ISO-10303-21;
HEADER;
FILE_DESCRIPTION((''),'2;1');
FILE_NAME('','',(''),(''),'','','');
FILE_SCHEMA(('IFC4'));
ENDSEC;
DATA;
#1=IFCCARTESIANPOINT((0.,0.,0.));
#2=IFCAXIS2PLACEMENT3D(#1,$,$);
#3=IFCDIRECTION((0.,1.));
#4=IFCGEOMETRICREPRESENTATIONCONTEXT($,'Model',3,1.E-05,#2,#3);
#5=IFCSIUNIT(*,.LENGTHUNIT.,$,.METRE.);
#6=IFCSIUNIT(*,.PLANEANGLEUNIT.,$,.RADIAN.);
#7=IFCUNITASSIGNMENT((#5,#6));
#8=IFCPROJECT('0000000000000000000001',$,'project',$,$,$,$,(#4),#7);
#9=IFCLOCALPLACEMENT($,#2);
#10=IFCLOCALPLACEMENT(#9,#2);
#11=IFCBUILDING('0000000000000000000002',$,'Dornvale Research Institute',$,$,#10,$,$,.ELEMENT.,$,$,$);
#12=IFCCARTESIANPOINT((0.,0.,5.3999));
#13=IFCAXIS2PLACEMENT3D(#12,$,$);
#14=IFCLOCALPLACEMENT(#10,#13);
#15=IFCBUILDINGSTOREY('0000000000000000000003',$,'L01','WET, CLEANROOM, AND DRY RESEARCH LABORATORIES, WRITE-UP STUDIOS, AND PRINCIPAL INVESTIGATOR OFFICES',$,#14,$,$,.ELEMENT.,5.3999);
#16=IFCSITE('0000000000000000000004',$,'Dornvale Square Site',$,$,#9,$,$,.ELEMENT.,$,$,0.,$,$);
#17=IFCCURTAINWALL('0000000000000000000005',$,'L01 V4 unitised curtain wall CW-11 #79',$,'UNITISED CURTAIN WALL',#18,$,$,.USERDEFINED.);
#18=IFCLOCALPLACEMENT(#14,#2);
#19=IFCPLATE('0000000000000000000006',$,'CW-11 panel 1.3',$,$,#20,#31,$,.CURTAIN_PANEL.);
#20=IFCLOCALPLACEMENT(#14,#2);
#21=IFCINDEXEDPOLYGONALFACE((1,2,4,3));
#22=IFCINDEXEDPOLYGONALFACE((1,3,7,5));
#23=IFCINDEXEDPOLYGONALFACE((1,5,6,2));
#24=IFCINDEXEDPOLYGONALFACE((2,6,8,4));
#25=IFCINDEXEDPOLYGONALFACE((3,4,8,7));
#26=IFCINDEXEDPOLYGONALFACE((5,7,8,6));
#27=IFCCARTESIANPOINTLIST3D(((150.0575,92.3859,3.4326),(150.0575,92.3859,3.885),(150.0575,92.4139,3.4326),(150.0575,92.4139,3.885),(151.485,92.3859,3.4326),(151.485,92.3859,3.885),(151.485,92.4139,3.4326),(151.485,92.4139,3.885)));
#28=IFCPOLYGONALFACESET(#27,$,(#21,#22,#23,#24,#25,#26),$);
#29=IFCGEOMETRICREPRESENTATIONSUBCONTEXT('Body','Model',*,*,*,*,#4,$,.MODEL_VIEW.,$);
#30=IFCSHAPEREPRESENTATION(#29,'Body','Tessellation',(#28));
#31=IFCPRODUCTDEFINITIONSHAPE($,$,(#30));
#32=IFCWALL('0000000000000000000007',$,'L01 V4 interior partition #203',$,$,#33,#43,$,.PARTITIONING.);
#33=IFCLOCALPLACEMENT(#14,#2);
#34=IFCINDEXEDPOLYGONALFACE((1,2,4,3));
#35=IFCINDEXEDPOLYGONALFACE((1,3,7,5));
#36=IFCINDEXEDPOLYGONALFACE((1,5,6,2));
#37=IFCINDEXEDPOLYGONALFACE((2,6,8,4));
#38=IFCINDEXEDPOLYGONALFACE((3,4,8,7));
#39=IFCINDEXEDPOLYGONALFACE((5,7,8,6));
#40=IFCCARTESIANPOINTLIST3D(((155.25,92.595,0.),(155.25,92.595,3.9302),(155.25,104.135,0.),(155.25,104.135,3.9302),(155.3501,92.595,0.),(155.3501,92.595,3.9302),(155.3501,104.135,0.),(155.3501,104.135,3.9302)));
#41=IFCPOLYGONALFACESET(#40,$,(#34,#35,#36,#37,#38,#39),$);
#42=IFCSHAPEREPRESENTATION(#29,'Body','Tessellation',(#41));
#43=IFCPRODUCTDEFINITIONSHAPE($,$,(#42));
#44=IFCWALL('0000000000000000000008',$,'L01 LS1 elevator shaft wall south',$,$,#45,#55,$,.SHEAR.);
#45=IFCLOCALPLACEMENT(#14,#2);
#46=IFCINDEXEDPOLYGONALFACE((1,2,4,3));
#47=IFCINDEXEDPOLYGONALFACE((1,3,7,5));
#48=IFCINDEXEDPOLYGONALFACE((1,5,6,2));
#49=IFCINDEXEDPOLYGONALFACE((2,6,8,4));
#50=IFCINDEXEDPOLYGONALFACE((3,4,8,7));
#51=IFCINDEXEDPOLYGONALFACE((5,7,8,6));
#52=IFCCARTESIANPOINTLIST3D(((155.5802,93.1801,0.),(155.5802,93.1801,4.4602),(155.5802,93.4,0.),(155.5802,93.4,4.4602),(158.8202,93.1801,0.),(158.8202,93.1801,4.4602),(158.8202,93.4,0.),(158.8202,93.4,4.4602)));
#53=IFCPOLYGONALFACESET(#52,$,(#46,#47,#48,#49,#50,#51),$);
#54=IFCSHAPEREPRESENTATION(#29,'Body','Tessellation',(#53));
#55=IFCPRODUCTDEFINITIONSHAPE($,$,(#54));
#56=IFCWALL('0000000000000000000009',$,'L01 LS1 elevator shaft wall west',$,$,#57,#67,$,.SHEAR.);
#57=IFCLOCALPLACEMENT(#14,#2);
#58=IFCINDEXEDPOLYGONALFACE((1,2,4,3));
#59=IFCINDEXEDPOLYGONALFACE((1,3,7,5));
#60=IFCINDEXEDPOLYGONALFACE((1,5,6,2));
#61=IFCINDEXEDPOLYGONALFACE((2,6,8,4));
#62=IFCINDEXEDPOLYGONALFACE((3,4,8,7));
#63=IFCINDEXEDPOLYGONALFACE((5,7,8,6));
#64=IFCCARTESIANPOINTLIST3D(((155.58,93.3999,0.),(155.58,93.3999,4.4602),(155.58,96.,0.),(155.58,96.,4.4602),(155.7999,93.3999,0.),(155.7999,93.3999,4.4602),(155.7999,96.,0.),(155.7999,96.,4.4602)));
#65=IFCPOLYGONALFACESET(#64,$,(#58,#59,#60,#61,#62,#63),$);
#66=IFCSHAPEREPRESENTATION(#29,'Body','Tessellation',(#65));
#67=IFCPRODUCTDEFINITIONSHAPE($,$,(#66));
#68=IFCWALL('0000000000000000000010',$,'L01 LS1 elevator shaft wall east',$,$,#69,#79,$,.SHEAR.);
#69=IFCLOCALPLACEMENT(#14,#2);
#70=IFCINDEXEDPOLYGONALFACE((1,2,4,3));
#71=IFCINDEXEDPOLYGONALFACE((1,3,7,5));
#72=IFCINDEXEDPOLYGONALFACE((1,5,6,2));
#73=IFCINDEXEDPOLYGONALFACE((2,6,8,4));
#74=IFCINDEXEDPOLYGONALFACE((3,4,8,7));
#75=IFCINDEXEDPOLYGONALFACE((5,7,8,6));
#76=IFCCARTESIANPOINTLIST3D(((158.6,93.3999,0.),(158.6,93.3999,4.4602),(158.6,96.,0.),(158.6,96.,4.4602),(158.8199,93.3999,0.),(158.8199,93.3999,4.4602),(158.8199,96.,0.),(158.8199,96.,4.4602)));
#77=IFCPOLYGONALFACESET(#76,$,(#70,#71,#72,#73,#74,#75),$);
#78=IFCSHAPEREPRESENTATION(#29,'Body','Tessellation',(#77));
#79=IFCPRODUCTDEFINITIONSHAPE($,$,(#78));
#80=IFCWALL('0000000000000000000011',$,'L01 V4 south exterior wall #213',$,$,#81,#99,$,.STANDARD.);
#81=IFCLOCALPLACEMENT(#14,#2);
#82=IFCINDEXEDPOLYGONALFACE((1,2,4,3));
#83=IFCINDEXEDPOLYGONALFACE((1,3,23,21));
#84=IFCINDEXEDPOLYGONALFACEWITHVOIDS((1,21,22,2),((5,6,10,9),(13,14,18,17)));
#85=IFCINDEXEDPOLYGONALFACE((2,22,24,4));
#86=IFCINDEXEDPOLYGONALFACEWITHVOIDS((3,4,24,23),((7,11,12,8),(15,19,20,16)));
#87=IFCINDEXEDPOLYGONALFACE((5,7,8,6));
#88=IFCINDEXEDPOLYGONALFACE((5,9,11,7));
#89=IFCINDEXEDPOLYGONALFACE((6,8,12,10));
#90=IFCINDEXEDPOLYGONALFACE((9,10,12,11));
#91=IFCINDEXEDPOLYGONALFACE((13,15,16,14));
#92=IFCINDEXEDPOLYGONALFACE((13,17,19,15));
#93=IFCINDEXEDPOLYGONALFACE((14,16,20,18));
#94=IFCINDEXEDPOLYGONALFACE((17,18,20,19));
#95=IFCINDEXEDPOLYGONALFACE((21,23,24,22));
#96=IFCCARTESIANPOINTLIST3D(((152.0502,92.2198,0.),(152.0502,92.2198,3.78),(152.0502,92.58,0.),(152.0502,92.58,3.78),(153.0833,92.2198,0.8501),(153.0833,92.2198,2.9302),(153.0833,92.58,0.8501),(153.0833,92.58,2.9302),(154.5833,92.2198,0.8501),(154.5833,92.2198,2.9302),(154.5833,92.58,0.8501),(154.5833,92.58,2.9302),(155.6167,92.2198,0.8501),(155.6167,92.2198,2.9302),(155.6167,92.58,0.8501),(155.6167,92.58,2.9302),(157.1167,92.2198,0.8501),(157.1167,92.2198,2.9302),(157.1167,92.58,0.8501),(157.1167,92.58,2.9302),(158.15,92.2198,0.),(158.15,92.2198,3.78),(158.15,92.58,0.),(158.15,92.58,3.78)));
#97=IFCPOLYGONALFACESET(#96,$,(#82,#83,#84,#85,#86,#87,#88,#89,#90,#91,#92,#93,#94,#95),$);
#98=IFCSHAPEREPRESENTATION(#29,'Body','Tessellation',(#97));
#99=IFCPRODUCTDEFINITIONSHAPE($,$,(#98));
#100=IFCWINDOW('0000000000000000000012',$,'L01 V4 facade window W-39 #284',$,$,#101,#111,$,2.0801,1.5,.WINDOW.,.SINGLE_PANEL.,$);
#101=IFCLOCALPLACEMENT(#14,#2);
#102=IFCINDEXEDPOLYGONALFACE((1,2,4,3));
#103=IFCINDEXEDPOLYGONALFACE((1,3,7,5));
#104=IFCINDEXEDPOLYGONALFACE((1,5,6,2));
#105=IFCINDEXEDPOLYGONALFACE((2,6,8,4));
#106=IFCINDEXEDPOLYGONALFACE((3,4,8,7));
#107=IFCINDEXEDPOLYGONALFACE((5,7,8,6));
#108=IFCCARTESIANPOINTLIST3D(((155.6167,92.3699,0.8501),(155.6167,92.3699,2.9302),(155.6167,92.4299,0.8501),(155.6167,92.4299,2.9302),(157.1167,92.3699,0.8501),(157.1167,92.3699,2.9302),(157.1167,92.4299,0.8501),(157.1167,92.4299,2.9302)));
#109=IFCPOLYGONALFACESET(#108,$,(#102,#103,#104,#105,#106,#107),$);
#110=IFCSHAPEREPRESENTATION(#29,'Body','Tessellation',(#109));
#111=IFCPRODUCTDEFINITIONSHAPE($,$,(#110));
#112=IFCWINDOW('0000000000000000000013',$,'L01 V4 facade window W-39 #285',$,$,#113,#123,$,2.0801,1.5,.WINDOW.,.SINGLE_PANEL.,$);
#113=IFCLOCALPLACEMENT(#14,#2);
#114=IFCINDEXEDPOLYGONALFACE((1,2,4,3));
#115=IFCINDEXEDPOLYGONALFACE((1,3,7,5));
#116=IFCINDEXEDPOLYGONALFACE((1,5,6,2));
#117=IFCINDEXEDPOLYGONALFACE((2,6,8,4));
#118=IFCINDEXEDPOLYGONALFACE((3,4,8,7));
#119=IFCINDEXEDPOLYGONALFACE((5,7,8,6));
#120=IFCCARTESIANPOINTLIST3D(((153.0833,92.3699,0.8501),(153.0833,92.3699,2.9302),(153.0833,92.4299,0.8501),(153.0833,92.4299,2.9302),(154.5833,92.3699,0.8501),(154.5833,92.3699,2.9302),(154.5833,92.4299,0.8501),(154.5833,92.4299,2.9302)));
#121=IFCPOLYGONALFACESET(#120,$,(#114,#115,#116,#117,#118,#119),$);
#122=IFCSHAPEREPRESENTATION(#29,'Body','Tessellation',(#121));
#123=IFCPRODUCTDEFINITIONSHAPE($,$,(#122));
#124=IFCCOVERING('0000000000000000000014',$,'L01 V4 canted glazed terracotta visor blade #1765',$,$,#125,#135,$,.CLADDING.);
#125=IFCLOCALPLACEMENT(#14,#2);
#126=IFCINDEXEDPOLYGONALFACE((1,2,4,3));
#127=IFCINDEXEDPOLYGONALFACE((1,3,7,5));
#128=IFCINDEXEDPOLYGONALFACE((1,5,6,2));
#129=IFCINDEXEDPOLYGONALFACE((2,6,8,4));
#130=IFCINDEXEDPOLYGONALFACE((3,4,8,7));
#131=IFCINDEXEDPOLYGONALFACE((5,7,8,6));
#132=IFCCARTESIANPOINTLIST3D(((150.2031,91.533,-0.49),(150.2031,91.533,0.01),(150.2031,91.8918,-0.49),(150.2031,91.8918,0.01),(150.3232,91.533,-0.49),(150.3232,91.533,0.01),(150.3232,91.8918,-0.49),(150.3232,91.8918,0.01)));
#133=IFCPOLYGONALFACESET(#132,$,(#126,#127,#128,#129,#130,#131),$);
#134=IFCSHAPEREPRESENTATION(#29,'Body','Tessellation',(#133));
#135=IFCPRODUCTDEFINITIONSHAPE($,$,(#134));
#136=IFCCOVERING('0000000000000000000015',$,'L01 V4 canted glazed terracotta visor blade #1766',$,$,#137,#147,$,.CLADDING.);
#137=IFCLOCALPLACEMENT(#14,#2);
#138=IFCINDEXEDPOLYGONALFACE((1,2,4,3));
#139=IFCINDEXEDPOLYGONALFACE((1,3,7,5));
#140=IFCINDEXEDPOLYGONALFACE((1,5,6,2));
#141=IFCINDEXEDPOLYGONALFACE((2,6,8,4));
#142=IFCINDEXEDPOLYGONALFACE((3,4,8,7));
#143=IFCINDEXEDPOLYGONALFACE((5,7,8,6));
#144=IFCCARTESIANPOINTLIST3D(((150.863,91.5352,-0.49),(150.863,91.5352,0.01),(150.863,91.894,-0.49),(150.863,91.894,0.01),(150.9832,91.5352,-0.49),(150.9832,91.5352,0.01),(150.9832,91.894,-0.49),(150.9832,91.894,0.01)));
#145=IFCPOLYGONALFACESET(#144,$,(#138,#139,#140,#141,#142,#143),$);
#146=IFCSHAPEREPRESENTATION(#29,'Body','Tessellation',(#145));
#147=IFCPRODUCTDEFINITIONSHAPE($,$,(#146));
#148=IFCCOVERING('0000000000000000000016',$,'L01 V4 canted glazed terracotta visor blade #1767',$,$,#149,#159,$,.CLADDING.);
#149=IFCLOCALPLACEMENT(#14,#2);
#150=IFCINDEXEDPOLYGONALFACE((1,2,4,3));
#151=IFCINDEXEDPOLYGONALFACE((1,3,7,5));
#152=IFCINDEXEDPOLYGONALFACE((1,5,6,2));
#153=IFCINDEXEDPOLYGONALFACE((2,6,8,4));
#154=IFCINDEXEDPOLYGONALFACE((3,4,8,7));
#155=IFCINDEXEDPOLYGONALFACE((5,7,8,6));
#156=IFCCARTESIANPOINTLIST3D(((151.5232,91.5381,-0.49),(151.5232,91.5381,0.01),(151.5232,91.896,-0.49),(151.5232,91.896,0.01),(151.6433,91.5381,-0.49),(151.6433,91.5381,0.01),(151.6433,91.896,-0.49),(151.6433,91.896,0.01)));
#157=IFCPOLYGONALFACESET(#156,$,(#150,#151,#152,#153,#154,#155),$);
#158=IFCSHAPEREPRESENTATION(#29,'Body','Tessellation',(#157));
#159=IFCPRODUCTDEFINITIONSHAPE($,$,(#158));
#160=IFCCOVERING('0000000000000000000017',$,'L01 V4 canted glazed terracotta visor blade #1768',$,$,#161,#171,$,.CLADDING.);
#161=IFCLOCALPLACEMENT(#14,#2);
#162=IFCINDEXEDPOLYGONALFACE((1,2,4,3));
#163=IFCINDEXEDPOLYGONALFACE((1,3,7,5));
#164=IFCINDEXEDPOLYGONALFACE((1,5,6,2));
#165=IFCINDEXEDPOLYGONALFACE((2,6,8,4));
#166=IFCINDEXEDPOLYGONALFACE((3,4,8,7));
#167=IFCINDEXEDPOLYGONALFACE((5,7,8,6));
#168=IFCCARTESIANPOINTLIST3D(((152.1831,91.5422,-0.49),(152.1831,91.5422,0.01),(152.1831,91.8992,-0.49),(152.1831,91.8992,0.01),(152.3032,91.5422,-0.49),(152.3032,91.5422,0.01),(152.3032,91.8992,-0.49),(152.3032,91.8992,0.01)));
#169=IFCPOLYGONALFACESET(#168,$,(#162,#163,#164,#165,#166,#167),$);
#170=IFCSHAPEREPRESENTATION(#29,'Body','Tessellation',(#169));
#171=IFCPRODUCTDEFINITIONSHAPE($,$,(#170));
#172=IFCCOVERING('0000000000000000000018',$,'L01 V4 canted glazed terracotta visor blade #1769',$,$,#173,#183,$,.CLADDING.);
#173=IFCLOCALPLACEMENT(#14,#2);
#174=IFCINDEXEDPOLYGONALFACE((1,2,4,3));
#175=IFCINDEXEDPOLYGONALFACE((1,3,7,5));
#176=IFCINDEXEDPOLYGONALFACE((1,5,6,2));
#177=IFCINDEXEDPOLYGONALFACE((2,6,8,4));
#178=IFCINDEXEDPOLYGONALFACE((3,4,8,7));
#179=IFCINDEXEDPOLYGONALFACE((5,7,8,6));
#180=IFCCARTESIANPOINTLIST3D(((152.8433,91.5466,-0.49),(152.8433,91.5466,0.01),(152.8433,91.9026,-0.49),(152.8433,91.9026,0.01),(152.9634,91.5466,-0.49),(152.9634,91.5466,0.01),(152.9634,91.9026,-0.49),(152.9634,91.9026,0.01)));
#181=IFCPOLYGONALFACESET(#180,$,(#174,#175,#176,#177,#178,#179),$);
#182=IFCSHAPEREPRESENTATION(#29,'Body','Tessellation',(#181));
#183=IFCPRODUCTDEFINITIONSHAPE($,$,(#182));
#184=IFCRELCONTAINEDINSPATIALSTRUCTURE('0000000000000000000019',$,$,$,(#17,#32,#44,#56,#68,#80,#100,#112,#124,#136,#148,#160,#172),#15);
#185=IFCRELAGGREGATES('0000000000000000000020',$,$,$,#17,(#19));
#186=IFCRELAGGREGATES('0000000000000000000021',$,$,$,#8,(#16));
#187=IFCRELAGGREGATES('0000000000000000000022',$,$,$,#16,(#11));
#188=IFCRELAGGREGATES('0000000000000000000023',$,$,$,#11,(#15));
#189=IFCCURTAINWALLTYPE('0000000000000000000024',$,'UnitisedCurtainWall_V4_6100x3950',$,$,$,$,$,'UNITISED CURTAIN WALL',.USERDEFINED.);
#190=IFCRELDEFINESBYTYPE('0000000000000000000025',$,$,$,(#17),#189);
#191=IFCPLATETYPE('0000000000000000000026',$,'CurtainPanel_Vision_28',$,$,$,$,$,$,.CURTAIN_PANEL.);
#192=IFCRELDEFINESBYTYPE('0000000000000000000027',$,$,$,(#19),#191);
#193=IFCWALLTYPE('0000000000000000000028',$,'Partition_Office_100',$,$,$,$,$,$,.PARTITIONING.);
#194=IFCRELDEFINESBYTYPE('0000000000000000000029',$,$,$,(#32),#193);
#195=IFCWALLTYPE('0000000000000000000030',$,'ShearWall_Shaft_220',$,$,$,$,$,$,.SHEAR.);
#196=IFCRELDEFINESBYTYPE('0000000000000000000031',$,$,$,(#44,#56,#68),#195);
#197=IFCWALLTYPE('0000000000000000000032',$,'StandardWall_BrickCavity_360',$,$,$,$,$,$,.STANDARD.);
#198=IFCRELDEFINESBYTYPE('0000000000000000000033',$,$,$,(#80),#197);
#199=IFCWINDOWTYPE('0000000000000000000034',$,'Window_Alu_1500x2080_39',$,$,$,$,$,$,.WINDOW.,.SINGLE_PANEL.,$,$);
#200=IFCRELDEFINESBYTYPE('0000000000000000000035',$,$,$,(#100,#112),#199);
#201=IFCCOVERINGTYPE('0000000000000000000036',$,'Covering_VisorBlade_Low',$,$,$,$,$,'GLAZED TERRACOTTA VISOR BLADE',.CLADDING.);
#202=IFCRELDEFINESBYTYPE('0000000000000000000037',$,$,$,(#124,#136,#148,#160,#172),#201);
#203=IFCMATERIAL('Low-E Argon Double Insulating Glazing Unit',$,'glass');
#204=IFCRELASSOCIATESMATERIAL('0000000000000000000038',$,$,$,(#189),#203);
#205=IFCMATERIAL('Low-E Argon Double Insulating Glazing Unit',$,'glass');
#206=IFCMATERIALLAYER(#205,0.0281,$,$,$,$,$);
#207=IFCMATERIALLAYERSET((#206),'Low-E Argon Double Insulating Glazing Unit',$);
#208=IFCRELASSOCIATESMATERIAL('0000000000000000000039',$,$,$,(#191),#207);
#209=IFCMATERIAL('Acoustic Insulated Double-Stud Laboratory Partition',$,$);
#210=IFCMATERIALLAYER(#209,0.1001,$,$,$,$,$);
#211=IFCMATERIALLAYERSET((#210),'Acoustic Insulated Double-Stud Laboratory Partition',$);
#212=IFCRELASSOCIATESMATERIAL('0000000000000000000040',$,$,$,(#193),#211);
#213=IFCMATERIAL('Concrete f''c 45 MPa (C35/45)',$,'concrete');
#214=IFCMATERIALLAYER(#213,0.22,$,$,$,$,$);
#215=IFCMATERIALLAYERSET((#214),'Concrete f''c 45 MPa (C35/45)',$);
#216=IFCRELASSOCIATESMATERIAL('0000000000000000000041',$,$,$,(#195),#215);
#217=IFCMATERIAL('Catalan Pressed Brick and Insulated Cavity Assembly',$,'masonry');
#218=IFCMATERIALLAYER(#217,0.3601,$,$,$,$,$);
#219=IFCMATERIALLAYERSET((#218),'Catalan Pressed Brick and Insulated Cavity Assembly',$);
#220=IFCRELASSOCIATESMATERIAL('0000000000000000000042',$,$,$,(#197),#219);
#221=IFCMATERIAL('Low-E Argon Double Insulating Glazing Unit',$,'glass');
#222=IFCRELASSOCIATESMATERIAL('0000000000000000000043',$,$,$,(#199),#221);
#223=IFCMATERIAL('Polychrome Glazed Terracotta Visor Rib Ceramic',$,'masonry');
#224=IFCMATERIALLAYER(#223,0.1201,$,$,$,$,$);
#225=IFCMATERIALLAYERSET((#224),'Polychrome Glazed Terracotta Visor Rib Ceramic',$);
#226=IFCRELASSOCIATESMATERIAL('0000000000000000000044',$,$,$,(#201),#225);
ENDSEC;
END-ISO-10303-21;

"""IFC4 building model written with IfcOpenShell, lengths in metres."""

from ifc_helpers import new_model, si_unit, direction, frame, frame_2d, origin, origin_2d, place, context, subcontext, project, spatial, rectangle, extrude, material, layer, layer_set, type_object, element, fill, aggregate, save


model = new_model("IFC4")

# Units and contexts
model_context = context("Model", 3, precision=1e-05, world=origin(), true_north=direction((0.0, 1.0)))
body_context = subcontext(model_context, "Body", "Model", "MODEL_VIEW")
ifc_project = project(units=[si_unit("LENGTHUNIT", "METRE"), si_unit("PLANEANGLEUNIT", "RADIAN")], contexts=[model_context])

# Site, building, storey
site_placement = place(None, origin())
site = spatial("IfcSite", under=ifc_project, at=site_placement, Name="Dornvale Square Site", CompositionType="ELEMENT", RefElevation=0.0)
building_placement = place(site_placement, origin())
building = spatial("IfcBuilding", under=site, at=building_placement, Name="Dornvale Research Institute", CompositionType="ELEMENT")
storey_placement = place(building_placement, frame((0.0, 0.0, 5.3999)))
storey = spatial("IfcBuildingStorey", under=building, at=storey_placement, Name="L01", Description="WET, CLEANROOM, AND DRY RESEARCH LABORATORIES, WRITE-UP STUDIOS, AND PRINCIPAL INVESTIGATOR OFFICES", CompositionType="ELEMENT", Elevation=5.3999)

# Shared definitions
ifc_material_1 = material(Name="Low-E Argon Double Insulating Glazing Unit", Category="glass")
curtain_wall_type = type_object("IfcCurtainWallType", Name="UnitisedCurtainWall_V4_6100x3950", ElementType="UNITISED CURTAIN WALL", PredefinedType="USERDEFINED", material=ifc_material_1)

# Curtain wall
curtain_wall_1_placement = place(storey_placement, origin())
curtain_wall_1 = element("IfcCurtainWall", 1, at=curtain_wall_1_placement, inside=storey, type_object=curtain_wall_type, Name="L01 V4 unitised curtain wall CW-11 #79", ObjectType="UNITISED CURTAIN WALL", PredefinedType="USERDEFINED")

# Plate
ifc_material_2 = material(Name="Low-E Argon Double Insulating Glazing Unit", Category="glass")
ifc_layer_1 = layer(ifc_material_2, 0.0281)
ifc_layer_set_1 = layer_set([ifc_layer_1], Name="Low-E Argon Double Insulating Glazing Unit")
plate_type_1 = type_object("IfcPlateType", Name="CurtainPanel_Vision_28", PredefinedType="CURTAIN_PANEL", material=ifc_layer_set_1)
plate_1_placement = place(storey_placement, frame((150.7712, 92.3999, 3.4326), z_axis=(0.0, 0.0, 1.0), x_axis=(-1.0, 0.0, 0.0)))
plate_1 = element("IfcPlate", 2, at=plate_1_placement, type_object=plate_type_1, Name="CW-11 panel 1.3", PredefinedType="CURTAIN_PANEL", context=body_context, shape_type="SweptSolid", body=[
    extrude(rectangle(XDim=1.4275, YDim=0.0281, at=origin_2d()), origin(), (0.0, 0.0, 1.0), 0.4524),
])
aggregate(curtain_wall_1, [plate_1])

# Walls
ifc_material_3 = material(Name="Acoustic Insulated Double-Stud Laboratory Partition")
ifc_layer_2 = layer(ifc_material_3, 0.1001)
ifc_layer_set_2 = layer_set([ifc_layer_2], Name="Acoustic Insulated Double-Stud Laboratory Partition")
wall_type_1 = type_object("IfcWallType", Name="Partition_Office_100", PredefinedType="PARTITIONING", material=ifc_layer_set_2)
wall_1_placement = place(storey_placement, frame((155.3, 92.595, 0.0), z_axis=(0.0, 0.0, 1.0), x_axis=(0.0, 1.0, 0.0)))
element("IfcWall", 3, at=wall_1_placement, inside=storey, type_object=wall_type_1, Name="L01 V4 interior partition #203", PredefinedType="PARTITIONING", context=body_context, shape_type="SweptSolid", body=[
    extrude(rectangle(XDim=11.54, YDim=0.1001, at=frame_2d((5.77, 0.0))), origin(), (0.0, 0.0, 1.0), 3.9302),
])
ifc_material_4 = material(Name="Concrete f'c 45 MPa (C35/45)", Category="concrete")
ifc_layer_3 = layer(ifc_material_4, 0.22)
ifc_layer_set_3 = layer_set([ifc_layer_3], Name="Concrete f'c 45 MPa (C35/45)")
wall_type_2 = type_object("IfcWallType", Name="ShearWall_Shaft_220", PredefinedType="SHEAR", material=ifc_layer_set_3)
wall_2_placement = place(storey_placement, frame((155.5801, 93.29, 0.0), z_axis=(0.0, 0.0, 1.0), x_axis=(1.0, 0.0, 0.0)))
element("IfcWall", 4, at=wall_2_placement, inside=storey, type_object=wall_type_2, Name="L01 LS1 elevator shaft wall south", PredefinedType="SHEAR", context=body_context, shape_type="SweptSolid", body=[
    extrude(rectangle(XDim=3.24, YDim=0.22, at=frame_2d((1.6201, 0.0))), origin(), (0.0, 0.0, 1.0), 4.4602),
])
for number, where, z_axis, x_axis, name in (
    (5, (155.6899, 93.3999, 0.0), (0.0, 0.0, 1.0), (0.0, 1.0, 0.0), "L01 LS1 elevator shaft wall west"),
    (6, (158.71, 93.3999, 0.0), (0.0, 0.0, 1.0), (0.0, 1.0, 0.0), "L01 LS1 elevator shaft wall east"),
):
    element("IfcWall", number, at=place(storey_placement, frame(where, z_axis=z_axis, x_axis=x_axis)), inside=storey, type_object=wall_type_2, Name=name, PredefinedType="SHEAR", context=body_context, shape_type="SweptSolid", body=[
        extrude(rectangle(XDim=2.6001, YDim=0.22, at=frame_2d((1.3, 0.0))), origin(), (0.0, 0.0, 1.0), 4.4602),
    ])

# Wall, openings, windows
ifc_material_5 = material(Name="Catalan Pressed Brick and Insulated Cavity Assembly", Category="masonry")
ifc_layer_4 = layer(ifc_material_5, 0.3601)
ifc_layer_set_4 = layer_set([ifc_layer_4], Name="Catalan Pressed Brick and Insulated Cavity Assembly")
wall_type_3 = type_object("IfcWallType", Name="StandardWall_BrickCavity_360", PredefinedType="STANDARD", material=ifc_layer_set_4)
wall_3_placement = place(storey_placement, frame((158.1499, 92.3999, 0.0), z_axis=(0.0, 0.0, 1.0), x_axis=(-1.0, 0.0, 0.0)))
wall_3 = element("IfcWall", 7, at=wall_3_placement, inside=storey, type_object=wall_type_3, Name="L01 V4 south exterior wall #213", PredefinedType="STANDARD", context=body_context, shape_type="SweptSolid", body=[
    extrude(rectangle(XDim=6.0999, YDim=0.3601, at=frame_2d((3.0498, 0.0))), origin(), (0.0, 0.0, 1.0), 3.78),
])
opening_1_placement = place(wall_3_placement, frame((1.0332, 0.0, 0.8501)))
opening_1 = element("IfcOpeningElement", 8, at=opening_1_placement, cuts=wall_3, PredefinedType="OPENING", context=body_context, shape_type="SweptSolid", body=[
    extrude(rectangle(XDim=1.5, YDim=2.0801, at=frame_2d((0.75, 1.04))), frame((0.0, 0.1951, 0.0), z_axis=(0.0, -1.0, 0.0), x_axis=(1.0, 0.0, 0.0)), (0.0, 0.0, 1.0), 0.3901),
])
opening_2_placement = place(wall_3_placement, frame((3.5667, 0.0, 0.8501)))
opening_2 = element("IfcOpeningElement", 9, at=opening_2_placement, cuts=wall_3, PredefinedType="OPENING", context=body_context, shape_type="SweptSolid", body=[
    extrude(rectangle(XDim=1.5, YDim=2.0801, at=frame_2d((0.75, 1.04))), frame((0.0, 0.1951, 0.0), z_axis=(0.0, -1.0, 0.0), x_axis=(1.0, 0.0, 0.0)), (0.0, 0.0, 1.0), 0.3901),
])
ifc_material_6 = material(Name="Low-E Argon Double Insulating Glazing Unit", Category="glass")
window_type = type_object("IfcWindowType", Name="Window_Alu_1500x2080_39", PartitioningType="SINGLE_PANEL", PredefinedType="WINDOW", material=ifc_material_6)
window_1_placement = place(opening_1_placement, origin())
window_1 = element("IfcWindow", 10, at=window_1_placement, inside=storey, type_object=window_type, Name="L01 V4 facade window W-39 #284", OverallHeight=2.0801, OverallWidth=1.5, PartitioningType="SINGLE_PANEL", PredefinedType="WINDOW", context=body_context, shape_type="SweptSolid", body=[
    extrude(rectangle(XDim=1.5, YDim=2.0801, at=frame_2d((0.75, 1.04))), frame((0.0, 0.03, 0.0), z_axis=(0.0, -1.0, 0.0), x_axis=(1.0, 0.0, 0.0)), (0.0, 0.0, 1.0), 0.0601),
])
fill(opening_1, window_1)
window_2_placement = place(opening_2_placement, origin())
window_2 = element("IfcWindow", 11, at=window_2_placement, inside=storey, type_object=window_type, Name="L01 V4 facade window W-39 #285", OverallHeight=2.0801, OverallWidth=1.5, PartitioningType="SINGLE_PANEL", PredefinedType="WINDOW", context=body_context, shape_type="SweptSolid", body=[
    extrude(rectangle(XDim=1.5, YDim=2.0801, at=frame_2d((0.75, 1.04))), frame((0.0, 0.03, 0.0), z_axis=(0.0, -1.0, 0.0), x_axis=(1.0, 0.0, 0.0)), (0.0, 0.0, 1.0), 0.0601),
])
fill(opening_2, window_2)

# Coverings
ifc_material_7 = material(Name="Polychrome Glazed Terracotta Visor Rib Ceramic", Category="masonry")
ifc_layer_5 = layer(ifc_material_7, 0.1201)
ifc_layer_set_5 = layer_set([ifc_layer_5], Name="Polychrome Glazed Terracotta Visor Rib Ceramic")
covering_type = type_object("IfcCoveringType", Name="Covering_VisorBlade_Low", ElementType="GLAZED TERRACOTTA VISOR BLADE", PredefinedType="CLADDING", material=ifc_layer_set_5)
for number, where, z_axis, x_axis, name in (
    (12, (150.2632, 91.7124, -0.49), (0.0, 0.0, 1.0), (0.0, 1.0, 0.0), "L01 V4 canted glazed terracotta visor blade #1765"),
    (13, (150.9231, 91.7146, -0.49), (0.0, 0.0, 1.0), (0.0, 1.0, 0.0), "L01 V4 canted glazed terracotta visor blade #1766"),
):
    element("IfcCovering", number, at=place(storey_placement, frame(where, z_axis=z_axis, x_axis=x_axis)), inside=storey, type_object=covering_type, Name=name, PredefinedType="CLADDING", context=body_context, shape_type="SweptSolid", body=[
        extrude(rectangle(XDim=0.3589, YDim=0.1201, at=origin_2d()), origin(), (0.0, 0.0, 1.0), 0.5),
    ])
covering_1_placement = place(storey_placement, frame((151.5833, 91.717, -0.49), z_axis=(0.0, 0.0, 1.0), x_axis=(0.0, 1.0, 0.0)))
element("IfcCovering", 14, at=covering_1_placement, inside=storey, type_object=covering_type, Name="L01 V4 canted glazed terracotta visor blade #1767", PredefinedType="CLADDING", context=body_context, shape_type="SweptSolid", body=[
    extrude(rectangle(XDim=0.3579, YDim=0.1201, at=origin_2d()), origin(), (0.0, 0.0, 1.0), 0.5),
])
covering_2_placement = place(storey_placement, frame((152.2432, 91.7207, -0.49), z_axis=(0.0, 0.0, 1.0), x_axis=(0.0, 1.0, 0.0)))
element("IfcCovering", 15, at=covering_2_placement, inside=storey, type_object=covering_type, Name="L01 V4 canted glazed terracotta visor blade #1768", PredefinedType="CLADDING", context=body_context, shape_type="SweptSolid", body=[
    extrude(rectangle(XDim=0.3569, YDim=0.1201, at=origin_2d()), origin(), (0.0, 0.0, 1.0), 0.5),
])
covering_3_placement = place(storey_placement, frame((152.9033, 91.7246, -0.49), z_axis=(0.0, 0.0, 1.0), x_axis=(0.0, 1.0, 0.0)))
element("IfcCovering", 16, at=covering_3_placement, inside=storey, type_object=covering_type, Name="L01 V4 canted glazed terracotta visor blade #1769", PredefinedType="CLADDING", context=body_context, shape_type="SweptSolid", body=[
    extrude(rectangle(XDim=0.356, YDim=0.1201, at=origin_2d()), origin(), (0.0, 0.0, 1.0), 0.5),
])

save(model, "model.ifc")
